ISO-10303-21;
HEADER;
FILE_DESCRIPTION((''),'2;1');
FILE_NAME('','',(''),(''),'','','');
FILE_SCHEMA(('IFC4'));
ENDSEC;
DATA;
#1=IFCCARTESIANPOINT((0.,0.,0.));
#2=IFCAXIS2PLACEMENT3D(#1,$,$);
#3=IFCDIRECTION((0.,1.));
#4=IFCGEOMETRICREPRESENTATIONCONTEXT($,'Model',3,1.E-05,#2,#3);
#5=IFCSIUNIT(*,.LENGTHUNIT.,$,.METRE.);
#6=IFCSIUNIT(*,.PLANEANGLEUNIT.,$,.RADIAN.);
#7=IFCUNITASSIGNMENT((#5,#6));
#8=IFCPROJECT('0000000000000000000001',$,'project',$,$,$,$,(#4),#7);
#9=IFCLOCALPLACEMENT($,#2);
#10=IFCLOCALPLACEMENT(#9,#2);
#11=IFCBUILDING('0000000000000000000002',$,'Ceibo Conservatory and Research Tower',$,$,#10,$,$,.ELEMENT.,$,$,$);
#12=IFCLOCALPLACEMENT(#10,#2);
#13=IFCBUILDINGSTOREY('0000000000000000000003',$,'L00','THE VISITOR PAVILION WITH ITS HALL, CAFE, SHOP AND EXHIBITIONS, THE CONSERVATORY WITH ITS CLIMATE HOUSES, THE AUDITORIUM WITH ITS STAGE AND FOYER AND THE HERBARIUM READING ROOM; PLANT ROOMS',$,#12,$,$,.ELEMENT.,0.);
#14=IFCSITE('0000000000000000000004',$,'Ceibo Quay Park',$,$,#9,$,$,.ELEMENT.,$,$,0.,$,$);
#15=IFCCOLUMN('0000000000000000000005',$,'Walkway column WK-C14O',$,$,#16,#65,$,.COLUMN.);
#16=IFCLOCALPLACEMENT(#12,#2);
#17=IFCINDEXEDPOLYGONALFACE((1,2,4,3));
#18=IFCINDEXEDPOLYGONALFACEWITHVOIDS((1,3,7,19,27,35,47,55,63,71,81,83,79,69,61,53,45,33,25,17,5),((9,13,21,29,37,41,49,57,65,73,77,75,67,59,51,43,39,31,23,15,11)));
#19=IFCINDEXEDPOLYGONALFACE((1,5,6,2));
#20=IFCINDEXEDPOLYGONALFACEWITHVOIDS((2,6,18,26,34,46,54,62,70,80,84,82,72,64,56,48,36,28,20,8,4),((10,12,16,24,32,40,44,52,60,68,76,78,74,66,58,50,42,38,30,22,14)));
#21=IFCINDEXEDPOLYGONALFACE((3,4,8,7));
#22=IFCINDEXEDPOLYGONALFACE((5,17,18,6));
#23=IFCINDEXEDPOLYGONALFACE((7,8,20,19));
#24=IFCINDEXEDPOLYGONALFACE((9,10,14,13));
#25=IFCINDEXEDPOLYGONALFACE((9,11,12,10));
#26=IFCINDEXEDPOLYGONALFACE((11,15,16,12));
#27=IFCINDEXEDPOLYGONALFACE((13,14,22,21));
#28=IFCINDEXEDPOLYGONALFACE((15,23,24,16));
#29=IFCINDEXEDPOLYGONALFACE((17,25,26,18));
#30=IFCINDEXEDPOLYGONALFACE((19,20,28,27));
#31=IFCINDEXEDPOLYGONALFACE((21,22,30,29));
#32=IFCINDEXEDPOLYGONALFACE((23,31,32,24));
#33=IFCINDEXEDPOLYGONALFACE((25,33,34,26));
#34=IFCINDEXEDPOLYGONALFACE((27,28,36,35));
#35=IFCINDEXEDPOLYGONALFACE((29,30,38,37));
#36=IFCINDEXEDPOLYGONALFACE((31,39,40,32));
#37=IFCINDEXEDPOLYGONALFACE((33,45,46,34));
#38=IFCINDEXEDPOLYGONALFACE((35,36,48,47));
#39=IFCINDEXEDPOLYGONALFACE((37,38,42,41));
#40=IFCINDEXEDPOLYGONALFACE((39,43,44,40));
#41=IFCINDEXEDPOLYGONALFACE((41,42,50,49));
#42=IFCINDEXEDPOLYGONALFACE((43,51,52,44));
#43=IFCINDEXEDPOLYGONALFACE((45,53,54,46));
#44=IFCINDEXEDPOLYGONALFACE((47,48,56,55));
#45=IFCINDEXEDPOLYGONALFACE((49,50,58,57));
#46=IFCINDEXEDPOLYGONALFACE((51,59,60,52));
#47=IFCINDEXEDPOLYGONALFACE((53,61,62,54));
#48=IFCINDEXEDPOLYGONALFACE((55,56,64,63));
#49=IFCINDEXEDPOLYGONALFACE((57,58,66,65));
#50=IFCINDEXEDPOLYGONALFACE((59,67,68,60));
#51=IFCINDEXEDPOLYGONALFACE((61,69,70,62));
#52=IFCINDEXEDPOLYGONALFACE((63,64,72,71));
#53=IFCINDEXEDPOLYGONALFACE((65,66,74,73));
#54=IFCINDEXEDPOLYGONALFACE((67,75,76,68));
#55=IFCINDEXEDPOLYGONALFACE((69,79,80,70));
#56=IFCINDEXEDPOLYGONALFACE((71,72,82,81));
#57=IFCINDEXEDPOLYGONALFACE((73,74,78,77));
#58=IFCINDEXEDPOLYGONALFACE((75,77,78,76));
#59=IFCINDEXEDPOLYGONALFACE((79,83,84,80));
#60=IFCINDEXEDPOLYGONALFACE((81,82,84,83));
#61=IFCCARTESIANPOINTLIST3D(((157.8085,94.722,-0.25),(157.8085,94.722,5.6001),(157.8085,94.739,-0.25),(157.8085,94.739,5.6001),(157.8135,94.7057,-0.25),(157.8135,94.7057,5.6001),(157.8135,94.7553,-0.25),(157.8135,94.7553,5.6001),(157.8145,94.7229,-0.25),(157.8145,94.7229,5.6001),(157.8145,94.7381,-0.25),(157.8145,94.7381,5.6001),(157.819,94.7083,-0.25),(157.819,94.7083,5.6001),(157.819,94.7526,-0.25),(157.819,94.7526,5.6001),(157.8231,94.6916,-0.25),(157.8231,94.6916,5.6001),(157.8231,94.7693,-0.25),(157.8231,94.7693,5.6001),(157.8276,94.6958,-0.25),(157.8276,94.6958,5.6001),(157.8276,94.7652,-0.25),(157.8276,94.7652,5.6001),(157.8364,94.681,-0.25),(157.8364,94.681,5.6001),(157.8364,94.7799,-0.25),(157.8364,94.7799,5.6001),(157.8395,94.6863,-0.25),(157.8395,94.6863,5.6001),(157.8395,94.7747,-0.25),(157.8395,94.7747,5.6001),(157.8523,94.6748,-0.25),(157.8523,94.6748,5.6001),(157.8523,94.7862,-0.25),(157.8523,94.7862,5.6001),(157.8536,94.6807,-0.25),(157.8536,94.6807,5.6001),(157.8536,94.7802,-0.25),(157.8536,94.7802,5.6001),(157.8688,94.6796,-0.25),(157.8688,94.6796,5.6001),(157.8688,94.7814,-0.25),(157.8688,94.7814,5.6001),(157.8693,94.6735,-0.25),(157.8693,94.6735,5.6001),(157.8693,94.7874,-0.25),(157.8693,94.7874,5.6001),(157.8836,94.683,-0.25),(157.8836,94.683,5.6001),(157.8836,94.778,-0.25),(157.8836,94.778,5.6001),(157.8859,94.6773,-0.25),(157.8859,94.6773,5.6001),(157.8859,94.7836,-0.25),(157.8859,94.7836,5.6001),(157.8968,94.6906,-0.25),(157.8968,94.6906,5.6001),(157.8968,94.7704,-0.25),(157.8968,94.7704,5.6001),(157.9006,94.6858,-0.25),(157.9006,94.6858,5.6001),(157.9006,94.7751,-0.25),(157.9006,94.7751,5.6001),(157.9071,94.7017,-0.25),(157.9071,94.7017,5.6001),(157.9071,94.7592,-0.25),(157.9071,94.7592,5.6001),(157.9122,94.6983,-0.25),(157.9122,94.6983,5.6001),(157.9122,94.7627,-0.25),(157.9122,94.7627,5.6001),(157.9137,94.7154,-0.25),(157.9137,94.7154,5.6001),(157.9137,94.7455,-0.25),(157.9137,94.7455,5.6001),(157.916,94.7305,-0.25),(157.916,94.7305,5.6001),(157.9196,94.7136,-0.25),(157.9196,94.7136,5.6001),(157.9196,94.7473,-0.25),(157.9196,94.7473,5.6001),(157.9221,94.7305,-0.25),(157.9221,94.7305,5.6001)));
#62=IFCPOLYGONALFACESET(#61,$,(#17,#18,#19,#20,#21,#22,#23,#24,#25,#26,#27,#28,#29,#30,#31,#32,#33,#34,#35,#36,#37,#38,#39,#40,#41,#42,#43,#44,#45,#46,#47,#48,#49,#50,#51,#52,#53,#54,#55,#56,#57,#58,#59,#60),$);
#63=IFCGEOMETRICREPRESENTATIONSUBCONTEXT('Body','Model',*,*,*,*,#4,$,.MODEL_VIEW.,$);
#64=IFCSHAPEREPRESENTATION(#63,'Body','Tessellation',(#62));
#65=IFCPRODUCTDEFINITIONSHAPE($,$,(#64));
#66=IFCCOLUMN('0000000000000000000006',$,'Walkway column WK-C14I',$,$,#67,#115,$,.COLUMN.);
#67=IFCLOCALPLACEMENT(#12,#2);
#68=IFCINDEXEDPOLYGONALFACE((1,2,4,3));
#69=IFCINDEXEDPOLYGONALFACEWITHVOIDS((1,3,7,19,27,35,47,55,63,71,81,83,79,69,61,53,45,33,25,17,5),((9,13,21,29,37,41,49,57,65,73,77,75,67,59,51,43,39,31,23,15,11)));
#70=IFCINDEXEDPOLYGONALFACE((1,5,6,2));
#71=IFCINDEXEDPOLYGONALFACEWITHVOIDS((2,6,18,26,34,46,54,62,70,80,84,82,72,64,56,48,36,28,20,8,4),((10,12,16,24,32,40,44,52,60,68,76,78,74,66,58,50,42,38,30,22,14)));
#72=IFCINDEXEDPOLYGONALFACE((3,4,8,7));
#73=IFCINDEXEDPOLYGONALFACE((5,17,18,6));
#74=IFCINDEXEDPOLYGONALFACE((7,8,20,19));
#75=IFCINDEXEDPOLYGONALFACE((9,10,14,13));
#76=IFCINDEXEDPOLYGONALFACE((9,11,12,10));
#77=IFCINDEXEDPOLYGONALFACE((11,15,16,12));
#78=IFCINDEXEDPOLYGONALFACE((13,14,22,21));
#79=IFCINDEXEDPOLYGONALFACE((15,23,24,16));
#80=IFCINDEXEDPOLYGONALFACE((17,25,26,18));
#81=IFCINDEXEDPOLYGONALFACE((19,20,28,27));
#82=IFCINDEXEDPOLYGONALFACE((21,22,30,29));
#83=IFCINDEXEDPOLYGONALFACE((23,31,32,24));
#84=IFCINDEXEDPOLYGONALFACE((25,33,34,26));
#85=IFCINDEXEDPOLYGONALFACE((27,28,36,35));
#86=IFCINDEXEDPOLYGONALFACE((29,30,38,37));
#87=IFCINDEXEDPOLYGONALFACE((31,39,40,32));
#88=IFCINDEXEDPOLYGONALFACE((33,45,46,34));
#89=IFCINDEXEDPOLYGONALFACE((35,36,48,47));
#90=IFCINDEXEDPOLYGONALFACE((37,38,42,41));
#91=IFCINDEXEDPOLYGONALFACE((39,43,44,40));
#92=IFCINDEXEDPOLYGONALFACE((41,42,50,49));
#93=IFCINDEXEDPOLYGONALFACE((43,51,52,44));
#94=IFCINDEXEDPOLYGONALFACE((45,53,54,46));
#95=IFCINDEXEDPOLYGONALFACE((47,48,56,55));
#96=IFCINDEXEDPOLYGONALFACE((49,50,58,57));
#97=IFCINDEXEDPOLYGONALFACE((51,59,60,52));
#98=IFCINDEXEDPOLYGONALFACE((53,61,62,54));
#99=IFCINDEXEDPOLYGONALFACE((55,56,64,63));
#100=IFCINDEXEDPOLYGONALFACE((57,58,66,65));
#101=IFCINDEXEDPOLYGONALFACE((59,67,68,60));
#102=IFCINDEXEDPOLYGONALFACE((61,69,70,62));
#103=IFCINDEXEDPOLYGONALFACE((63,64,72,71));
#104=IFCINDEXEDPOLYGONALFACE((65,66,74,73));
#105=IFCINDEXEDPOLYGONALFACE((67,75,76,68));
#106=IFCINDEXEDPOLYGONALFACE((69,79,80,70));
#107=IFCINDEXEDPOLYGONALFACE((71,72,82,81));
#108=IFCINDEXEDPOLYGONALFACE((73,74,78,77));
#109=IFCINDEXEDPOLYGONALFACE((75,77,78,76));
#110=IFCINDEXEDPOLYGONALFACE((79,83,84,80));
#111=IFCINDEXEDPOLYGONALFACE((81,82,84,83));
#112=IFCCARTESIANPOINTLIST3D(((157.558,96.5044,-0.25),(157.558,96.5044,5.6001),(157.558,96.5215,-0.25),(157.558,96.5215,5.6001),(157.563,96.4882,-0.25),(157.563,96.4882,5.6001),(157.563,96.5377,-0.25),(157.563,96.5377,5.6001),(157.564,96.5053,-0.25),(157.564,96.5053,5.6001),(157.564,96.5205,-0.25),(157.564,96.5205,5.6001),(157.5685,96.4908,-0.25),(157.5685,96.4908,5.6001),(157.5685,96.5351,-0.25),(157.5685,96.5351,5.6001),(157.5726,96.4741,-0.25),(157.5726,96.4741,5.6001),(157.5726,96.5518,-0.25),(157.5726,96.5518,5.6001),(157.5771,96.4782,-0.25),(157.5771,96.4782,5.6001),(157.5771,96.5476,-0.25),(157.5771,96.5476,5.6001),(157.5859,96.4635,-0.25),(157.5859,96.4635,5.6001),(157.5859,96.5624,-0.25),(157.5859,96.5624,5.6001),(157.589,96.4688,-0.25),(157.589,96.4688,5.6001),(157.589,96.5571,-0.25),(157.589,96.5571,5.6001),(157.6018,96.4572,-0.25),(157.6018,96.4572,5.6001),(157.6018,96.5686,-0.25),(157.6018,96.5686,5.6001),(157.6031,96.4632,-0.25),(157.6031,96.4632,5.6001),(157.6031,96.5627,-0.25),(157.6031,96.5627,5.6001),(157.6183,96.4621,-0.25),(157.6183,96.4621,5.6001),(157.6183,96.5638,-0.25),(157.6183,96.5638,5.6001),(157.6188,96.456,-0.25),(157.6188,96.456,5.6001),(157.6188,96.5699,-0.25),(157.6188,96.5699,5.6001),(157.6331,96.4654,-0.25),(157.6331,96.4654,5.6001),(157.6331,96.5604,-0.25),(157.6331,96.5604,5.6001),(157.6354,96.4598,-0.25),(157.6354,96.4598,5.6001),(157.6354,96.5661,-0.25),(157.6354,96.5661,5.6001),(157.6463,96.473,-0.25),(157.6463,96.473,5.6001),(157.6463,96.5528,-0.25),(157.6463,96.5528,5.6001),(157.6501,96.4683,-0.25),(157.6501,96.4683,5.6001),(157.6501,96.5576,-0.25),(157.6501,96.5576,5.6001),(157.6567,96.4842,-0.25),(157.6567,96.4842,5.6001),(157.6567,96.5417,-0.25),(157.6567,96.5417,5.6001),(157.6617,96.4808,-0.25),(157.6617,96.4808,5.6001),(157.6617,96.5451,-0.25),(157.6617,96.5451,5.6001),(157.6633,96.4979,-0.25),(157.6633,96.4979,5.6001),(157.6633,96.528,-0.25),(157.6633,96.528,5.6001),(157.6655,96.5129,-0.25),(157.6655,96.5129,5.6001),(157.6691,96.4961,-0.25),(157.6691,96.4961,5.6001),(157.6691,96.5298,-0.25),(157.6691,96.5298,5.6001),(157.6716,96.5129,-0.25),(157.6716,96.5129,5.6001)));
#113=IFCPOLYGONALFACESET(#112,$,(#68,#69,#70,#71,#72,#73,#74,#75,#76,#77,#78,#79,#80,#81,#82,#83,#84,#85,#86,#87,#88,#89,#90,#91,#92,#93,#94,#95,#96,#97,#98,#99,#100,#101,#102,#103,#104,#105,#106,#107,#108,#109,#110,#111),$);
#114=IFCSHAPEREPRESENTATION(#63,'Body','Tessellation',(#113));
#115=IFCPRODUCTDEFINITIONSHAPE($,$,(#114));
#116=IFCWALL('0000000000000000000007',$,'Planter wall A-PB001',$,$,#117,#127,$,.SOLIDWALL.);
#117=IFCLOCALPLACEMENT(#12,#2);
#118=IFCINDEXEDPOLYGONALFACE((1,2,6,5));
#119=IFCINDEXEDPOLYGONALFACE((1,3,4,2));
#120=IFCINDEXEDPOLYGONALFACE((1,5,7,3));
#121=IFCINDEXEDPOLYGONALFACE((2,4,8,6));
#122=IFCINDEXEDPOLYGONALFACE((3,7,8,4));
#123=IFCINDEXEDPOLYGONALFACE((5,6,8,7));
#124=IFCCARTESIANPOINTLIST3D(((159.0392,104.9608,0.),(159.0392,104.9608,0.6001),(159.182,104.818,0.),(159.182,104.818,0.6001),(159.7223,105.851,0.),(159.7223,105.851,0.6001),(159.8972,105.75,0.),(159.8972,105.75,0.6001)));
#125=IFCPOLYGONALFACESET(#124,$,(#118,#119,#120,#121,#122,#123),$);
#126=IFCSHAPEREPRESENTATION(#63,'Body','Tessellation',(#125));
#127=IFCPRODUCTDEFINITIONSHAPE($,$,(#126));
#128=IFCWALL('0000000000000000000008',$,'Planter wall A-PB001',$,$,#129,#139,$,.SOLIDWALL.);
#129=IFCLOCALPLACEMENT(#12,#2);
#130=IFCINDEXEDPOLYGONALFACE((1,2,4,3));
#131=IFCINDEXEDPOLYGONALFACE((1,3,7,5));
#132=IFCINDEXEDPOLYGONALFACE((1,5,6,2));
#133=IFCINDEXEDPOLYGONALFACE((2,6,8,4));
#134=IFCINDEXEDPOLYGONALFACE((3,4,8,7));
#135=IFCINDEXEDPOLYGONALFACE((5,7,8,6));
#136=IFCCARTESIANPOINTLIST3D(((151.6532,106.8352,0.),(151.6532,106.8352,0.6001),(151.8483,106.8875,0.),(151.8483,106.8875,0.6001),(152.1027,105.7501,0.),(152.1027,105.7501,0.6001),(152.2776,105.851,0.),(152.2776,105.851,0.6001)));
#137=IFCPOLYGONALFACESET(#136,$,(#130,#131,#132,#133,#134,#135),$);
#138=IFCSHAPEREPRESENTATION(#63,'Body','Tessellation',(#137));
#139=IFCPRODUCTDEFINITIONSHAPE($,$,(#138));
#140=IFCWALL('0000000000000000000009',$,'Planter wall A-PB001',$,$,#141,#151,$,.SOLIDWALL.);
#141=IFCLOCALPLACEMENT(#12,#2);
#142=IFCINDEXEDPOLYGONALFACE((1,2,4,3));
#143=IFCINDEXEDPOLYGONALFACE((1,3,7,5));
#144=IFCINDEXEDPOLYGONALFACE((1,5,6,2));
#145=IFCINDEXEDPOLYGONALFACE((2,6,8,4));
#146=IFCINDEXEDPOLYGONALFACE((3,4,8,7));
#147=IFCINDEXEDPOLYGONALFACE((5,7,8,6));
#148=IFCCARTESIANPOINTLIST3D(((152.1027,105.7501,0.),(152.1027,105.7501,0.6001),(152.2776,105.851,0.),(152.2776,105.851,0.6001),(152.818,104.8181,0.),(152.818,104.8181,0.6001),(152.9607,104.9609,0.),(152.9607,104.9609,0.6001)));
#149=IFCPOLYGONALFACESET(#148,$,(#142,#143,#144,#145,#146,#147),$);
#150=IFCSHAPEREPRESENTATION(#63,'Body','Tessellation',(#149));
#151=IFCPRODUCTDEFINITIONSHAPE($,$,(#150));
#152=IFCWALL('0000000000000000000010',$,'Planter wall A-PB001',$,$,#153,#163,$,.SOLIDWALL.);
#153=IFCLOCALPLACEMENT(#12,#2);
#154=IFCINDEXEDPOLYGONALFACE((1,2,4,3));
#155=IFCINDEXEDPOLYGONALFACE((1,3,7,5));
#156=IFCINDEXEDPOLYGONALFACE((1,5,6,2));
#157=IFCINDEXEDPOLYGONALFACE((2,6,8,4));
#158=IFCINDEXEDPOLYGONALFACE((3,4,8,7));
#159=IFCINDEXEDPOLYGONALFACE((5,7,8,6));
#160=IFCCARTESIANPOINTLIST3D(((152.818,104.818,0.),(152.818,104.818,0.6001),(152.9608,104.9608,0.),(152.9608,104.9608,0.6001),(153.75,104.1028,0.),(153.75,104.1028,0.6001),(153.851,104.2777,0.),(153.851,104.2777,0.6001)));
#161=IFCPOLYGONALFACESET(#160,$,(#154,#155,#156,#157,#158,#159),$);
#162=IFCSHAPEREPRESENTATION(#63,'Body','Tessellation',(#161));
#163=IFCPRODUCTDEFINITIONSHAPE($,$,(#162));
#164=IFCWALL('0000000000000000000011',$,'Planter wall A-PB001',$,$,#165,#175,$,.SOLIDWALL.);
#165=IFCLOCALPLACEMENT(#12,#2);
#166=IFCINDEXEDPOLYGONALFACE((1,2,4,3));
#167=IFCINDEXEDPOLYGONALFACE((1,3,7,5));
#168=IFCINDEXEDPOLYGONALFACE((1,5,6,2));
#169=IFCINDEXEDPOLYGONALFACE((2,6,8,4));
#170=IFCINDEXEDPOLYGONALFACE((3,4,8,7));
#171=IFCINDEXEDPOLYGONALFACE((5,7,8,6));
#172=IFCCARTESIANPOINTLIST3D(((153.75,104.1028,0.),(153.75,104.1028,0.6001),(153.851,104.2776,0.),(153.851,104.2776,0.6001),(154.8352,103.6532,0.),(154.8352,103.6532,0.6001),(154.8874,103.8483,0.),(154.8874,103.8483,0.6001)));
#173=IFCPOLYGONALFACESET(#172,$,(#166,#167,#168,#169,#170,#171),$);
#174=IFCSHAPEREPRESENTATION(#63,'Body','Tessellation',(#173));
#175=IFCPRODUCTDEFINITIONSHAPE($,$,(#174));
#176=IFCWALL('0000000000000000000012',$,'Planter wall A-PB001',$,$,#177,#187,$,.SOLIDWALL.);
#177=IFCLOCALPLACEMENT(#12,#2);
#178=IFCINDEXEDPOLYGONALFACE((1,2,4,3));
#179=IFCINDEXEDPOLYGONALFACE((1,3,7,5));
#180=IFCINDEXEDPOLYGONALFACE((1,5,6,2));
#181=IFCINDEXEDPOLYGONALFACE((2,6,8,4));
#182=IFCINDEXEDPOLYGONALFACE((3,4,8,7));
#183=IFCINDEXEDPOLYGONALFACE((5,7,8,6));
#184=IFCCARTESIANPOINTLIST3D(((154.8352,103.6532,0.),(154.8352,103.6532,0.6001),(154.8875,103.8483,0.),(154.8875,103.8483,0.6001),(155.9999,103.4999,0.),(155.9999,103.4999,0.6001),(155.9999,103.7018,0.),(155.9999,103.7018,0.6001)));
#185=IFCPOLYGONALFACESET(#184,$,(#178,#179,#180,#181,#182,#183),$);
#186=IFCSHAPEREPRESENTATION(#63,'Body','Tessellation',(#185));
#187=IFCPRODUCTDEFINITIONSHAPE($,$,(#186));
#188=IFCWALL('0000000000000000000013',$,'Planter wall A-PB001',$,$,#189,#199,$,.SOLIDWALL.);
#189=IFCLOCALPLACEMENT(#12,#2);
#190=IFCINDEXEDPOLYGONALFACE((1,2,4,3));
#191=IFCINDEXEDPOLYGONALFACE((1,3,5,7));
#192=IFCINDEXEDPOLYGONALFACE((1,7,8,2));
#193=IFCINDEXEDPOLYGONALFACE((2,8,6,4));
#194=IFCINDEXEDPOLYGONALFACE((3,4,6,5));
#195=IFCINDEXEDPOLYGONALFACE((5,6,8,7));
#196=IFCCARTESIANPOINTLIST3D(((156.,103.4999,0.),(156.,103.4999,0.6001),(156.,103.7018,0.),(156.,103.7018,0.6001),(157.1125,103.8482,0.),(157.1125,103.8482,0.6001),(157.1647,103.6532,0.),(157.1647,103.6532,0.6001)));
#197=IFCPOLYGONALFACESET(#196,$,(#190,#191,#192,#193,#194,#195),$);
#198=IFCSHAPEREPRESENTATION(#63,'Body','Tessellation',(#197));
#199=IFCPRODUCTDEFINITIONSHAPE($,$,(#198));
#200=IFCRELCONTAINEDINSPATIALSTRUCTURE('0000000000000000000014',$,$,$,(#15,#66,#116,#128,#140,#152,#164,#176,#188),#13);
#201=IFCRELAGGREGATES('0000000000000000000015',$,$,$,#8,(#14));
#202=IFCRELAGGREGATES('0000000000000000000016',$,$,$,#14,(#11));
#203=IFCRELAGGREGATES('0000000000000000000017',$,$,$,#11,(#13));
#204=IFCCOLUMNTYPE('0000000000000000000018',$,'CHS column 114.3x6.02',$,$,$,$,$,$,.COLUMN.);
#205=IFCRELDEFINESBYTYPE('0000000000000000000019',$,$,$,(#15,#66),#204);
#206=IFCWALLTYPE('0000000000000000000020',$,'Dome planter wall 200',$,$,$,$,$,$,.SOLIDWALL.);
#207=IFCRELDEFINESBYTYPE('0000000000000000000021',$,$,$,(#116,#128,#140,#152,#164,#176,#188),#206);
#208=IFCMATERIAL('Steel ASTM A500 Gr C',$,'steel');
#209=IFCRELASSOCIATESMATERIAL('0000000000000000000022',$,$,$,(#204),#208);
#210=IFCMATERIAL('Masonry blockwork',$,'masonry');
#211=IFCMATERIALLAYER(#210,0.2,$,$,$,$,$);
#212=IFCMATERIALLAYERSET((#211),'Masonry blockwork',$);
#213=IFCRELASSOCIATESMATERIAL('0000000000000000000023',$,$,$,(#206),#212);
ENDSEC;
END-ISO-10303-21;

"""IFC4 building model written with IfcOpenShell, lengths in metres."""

from ifc_helpers import new_model, si_unit, direction, frame, origin, origin_2d, place, context, subcontext, project, spatial, polyline, hollow_circle, outline, extrude, material, layer, layer_set, material_profile, profile_set, type_object, element, save


model = new_model("IFC4")

# Units and contexts
model_context = context("Model", 3, precision=1e-05, world=origin(), true_north=direction((0.0, 1.0)))
body_context = subcontext(model_context, "Body", "Model", "MODEL_VIEW")
ifc_project = project(units=[si_unit("LENGTHUNIT", "METRE"), si_unit("PLANEANGLEUNIT", "RADIAN")], contexts=[model_context])

# Site, building, storey
site_placement = place(None, origin())
site = spatial("IfcSite", under=ifc_project, at=site_placement, Name="Ceibo Quay Park", CompositionType="ELEMENT", RefElevation=0.0)
building_placement = place(site_placement, origin())
building = spatial("IfcBuilding", under=site, at=building_placement, Name="Ceibo Conservatory and Research Tower", CompositionType="ELEMENT")
storey_placement = place(building_placement, origin())
storey = spatial("IfcBuildingStorey", under=building, at=storey_placement, Name="L00", Description="THE VISITOR PAVILION WITH ITS HALL, CAFE, SHOP AND EXHIBITIONS, THE CONSERVATORY WITH ITS CLIMATE HOUSES, THE AUDITORIUM WITH ITS STAGE AND FOYER AND THE HERBARIUM READING ROOM; PLANT ROOMS", CompositionType="ELEMENT", Elevation=0.0)

# Columns
ifc_material_1 = material(Name="Steel ASTM A500 Gr C", Category="steel")
ifc_material_profile = material_profile(ifc_material_1, hollow_circle(Radius=0.0571, WallThickness=0.0061, at=origin_2d()), Name="CHS column 114.3x6.02")
ifc_profile_set = profile_set([ifc_material_profile], Name="Steel ASTM A500 Gr C")
column_type = type_object("IfcColumnType", Name="CHS column 114.3x6.02", PredefinedType="COLUMN", material=ifc_profile_set)
for number, where, z_axis, x_axis, name in (
    (1, (157.865, 94.7305, -0.25), (0.0, 0.0, 1.0), (1.0, 0.0, 0.0), "Walkway column WK-C14O"),
    (2, (157.6145, 96.5129, -0.25), (0.0, 0.0, 1.0), (1.0, 0.0, 0.0), "Walkway column WK-C14I"),
):
    element("IfcColumn", number, at=place(storey_placement, frame(where, z_axis=z_axis, x_axis=x_axis)), inside=storey, type_object=column_type, Name=name, PredefinedType="COLUMN", context=body_context, shape_type="SweptSolid", body=[
        extrude(hollow_circle(Radius=0.0571, WallThickness=0.0061, at=origin_2d()), origin(), (0.0, 0.0, 1.0), 5.8501),
    ])

# Walls
ifc_material_2 = material(Name="Masonry blockwork", Category="masonry")
ifc_layer_1 = layer(ifc_material_2, 0.2)
ifc_layer_set_1 = layer_set([ifc_layer_1], Name="Masonry blockwork")
wall_type_1 = type_object("IfcWallType", Name="Dome planter wall 200", PredefinedType="SOLIDWALL", material=ifc_layer_set_1)
wall_1_placement = place(storey_placement, frame((159.1106, 104.8894, 0.0), z_axis=(0.0, 0.0, 1.0), x_axis=(0.608806, 0.793319, 0.0)))
element("IfcWall", 3, at=wall_1_placement, inside=storey, type_object=wall_type_1, Name="Planter wall A-PB001", PredefinedType="SOLIDWALL", context=body_context, shape_type="SweptSolid", body=[
    extrude(outline(polyline([(-0.0132, -0.1001), (1.1616, -0.1001), (1.1353, 0.1001), (0.0132, 0.1001), (-0.0132, -0.1001)])), origin(), (0.0, 0.0, 1.0), 0.6001),
])
wall_2_placement = place(storey_placement, frame((151.7507, 106.8613, 0.0), z_axis=(0.0, 0.0, 1.0), x_axis=(0.382727, -0.923861, 0.0)))
element("IfcWall", 4, at=wall_2_placement, inside=storey, type_object=wall_type_1, Name="Planter wall A-PB001", PredefinedType="SOLIDWALL", context=body_context, shape_type="SweptSolid", body=[
    extrude(outline(polyline([(-0.0132, -0.1001), (1.1614, -0.1001), (1.135, 0.1001), (0.0132, 0.1001), (-0.0132, -0.1001)])), origin(), (0.0, 0.0, 1.0), 0.6001),
])
for number, where, z_axis, x_axis, name in (
    (5, (152.1902, 105.8005, 0.0), (0.0, 0.0, 1.0), (0.608806, -0.793319, 0.0), "Planter wall A-PB001"),
    (6, (152.8894, 104.8894, 0.0), (0.0, 0.0, 1.0), (0.793319, -0.608806, 0.0), "Planter wall A-PB001"),
):
    element("IfcWall", number, at=place(storey_placement, frame(where, z_axis=z_axis, x_axis=x_axis)), inside=storey, type_object=wall_type_1, Name=name, PredefinedType="SOLIDWALL", context=body_context, shape_type="SweptSolid", body=[
        extrude(outline(polyline([(-0.0132, -0.1001), (1.1616, -0.1001), (1.1353, 0.1001), (0.0132, 0.1001), (-0.0132, -0.1001)])), origin(), (0.0, 0.0, 1.0), 0.6001),
    ])
wall_3_placement = place(storey_placement, frame((153.8005, 104.1902, 0.0), z_axis=(0.0, 0.0, 1.0), x_axis=(0.923861, -0.382727, 0.0)))
element("IfcWall", 7, at=wall_3_placement, inside=storey, type_object=wall_type_1, Name="Planter wall A-PB001", PredefinedType="SOLIDWALL", context=body_context, shape_type="SweptSolid", body=[
    extrude(outline(polyline([(-0.0132, -0.1001), (1.1614, -0.1001), (1.135, 0.1001), (0.0132, 0.1001), (-0.0132, -0.1001)])), origin(), (0.0, 0.0, 1.0), 0.6001),
])
for number, where, z_axis, x_axis, name in (
    (8, (154.8613, 103.7507, 0.0), (0.0, 0.0, 1.0), (0.991446, -0.13052, 0.0), "Planter wall A-PB001"),
    (9, (156.0, 103.6008, 0.0), (0.0, 0.0, 1.0), (0.991446, 0.13052, 0.0), "Planter wall A-PB001"),
):
    element("IfcWall", number, at=place(storey_placement, frame(where, z_axis=z_axis, x_axis=x_axis)), inside=storey, type_object=wall_type_1, Name=name, PredefinedType="SOLIDWALL", context=body_context, shape_type="SweptSolid", body=[
        extrude(outline(polyline([(-0.0132, -0.1001), (1.1616, -0.1001), (1.1353, 0.1001), (0.0132, 0.1001), (-0.0132, -0.1001)])), origin(), (0.0, 0.0, 1.0), 0.6001),
    ])

save(model, "model.ifc")
